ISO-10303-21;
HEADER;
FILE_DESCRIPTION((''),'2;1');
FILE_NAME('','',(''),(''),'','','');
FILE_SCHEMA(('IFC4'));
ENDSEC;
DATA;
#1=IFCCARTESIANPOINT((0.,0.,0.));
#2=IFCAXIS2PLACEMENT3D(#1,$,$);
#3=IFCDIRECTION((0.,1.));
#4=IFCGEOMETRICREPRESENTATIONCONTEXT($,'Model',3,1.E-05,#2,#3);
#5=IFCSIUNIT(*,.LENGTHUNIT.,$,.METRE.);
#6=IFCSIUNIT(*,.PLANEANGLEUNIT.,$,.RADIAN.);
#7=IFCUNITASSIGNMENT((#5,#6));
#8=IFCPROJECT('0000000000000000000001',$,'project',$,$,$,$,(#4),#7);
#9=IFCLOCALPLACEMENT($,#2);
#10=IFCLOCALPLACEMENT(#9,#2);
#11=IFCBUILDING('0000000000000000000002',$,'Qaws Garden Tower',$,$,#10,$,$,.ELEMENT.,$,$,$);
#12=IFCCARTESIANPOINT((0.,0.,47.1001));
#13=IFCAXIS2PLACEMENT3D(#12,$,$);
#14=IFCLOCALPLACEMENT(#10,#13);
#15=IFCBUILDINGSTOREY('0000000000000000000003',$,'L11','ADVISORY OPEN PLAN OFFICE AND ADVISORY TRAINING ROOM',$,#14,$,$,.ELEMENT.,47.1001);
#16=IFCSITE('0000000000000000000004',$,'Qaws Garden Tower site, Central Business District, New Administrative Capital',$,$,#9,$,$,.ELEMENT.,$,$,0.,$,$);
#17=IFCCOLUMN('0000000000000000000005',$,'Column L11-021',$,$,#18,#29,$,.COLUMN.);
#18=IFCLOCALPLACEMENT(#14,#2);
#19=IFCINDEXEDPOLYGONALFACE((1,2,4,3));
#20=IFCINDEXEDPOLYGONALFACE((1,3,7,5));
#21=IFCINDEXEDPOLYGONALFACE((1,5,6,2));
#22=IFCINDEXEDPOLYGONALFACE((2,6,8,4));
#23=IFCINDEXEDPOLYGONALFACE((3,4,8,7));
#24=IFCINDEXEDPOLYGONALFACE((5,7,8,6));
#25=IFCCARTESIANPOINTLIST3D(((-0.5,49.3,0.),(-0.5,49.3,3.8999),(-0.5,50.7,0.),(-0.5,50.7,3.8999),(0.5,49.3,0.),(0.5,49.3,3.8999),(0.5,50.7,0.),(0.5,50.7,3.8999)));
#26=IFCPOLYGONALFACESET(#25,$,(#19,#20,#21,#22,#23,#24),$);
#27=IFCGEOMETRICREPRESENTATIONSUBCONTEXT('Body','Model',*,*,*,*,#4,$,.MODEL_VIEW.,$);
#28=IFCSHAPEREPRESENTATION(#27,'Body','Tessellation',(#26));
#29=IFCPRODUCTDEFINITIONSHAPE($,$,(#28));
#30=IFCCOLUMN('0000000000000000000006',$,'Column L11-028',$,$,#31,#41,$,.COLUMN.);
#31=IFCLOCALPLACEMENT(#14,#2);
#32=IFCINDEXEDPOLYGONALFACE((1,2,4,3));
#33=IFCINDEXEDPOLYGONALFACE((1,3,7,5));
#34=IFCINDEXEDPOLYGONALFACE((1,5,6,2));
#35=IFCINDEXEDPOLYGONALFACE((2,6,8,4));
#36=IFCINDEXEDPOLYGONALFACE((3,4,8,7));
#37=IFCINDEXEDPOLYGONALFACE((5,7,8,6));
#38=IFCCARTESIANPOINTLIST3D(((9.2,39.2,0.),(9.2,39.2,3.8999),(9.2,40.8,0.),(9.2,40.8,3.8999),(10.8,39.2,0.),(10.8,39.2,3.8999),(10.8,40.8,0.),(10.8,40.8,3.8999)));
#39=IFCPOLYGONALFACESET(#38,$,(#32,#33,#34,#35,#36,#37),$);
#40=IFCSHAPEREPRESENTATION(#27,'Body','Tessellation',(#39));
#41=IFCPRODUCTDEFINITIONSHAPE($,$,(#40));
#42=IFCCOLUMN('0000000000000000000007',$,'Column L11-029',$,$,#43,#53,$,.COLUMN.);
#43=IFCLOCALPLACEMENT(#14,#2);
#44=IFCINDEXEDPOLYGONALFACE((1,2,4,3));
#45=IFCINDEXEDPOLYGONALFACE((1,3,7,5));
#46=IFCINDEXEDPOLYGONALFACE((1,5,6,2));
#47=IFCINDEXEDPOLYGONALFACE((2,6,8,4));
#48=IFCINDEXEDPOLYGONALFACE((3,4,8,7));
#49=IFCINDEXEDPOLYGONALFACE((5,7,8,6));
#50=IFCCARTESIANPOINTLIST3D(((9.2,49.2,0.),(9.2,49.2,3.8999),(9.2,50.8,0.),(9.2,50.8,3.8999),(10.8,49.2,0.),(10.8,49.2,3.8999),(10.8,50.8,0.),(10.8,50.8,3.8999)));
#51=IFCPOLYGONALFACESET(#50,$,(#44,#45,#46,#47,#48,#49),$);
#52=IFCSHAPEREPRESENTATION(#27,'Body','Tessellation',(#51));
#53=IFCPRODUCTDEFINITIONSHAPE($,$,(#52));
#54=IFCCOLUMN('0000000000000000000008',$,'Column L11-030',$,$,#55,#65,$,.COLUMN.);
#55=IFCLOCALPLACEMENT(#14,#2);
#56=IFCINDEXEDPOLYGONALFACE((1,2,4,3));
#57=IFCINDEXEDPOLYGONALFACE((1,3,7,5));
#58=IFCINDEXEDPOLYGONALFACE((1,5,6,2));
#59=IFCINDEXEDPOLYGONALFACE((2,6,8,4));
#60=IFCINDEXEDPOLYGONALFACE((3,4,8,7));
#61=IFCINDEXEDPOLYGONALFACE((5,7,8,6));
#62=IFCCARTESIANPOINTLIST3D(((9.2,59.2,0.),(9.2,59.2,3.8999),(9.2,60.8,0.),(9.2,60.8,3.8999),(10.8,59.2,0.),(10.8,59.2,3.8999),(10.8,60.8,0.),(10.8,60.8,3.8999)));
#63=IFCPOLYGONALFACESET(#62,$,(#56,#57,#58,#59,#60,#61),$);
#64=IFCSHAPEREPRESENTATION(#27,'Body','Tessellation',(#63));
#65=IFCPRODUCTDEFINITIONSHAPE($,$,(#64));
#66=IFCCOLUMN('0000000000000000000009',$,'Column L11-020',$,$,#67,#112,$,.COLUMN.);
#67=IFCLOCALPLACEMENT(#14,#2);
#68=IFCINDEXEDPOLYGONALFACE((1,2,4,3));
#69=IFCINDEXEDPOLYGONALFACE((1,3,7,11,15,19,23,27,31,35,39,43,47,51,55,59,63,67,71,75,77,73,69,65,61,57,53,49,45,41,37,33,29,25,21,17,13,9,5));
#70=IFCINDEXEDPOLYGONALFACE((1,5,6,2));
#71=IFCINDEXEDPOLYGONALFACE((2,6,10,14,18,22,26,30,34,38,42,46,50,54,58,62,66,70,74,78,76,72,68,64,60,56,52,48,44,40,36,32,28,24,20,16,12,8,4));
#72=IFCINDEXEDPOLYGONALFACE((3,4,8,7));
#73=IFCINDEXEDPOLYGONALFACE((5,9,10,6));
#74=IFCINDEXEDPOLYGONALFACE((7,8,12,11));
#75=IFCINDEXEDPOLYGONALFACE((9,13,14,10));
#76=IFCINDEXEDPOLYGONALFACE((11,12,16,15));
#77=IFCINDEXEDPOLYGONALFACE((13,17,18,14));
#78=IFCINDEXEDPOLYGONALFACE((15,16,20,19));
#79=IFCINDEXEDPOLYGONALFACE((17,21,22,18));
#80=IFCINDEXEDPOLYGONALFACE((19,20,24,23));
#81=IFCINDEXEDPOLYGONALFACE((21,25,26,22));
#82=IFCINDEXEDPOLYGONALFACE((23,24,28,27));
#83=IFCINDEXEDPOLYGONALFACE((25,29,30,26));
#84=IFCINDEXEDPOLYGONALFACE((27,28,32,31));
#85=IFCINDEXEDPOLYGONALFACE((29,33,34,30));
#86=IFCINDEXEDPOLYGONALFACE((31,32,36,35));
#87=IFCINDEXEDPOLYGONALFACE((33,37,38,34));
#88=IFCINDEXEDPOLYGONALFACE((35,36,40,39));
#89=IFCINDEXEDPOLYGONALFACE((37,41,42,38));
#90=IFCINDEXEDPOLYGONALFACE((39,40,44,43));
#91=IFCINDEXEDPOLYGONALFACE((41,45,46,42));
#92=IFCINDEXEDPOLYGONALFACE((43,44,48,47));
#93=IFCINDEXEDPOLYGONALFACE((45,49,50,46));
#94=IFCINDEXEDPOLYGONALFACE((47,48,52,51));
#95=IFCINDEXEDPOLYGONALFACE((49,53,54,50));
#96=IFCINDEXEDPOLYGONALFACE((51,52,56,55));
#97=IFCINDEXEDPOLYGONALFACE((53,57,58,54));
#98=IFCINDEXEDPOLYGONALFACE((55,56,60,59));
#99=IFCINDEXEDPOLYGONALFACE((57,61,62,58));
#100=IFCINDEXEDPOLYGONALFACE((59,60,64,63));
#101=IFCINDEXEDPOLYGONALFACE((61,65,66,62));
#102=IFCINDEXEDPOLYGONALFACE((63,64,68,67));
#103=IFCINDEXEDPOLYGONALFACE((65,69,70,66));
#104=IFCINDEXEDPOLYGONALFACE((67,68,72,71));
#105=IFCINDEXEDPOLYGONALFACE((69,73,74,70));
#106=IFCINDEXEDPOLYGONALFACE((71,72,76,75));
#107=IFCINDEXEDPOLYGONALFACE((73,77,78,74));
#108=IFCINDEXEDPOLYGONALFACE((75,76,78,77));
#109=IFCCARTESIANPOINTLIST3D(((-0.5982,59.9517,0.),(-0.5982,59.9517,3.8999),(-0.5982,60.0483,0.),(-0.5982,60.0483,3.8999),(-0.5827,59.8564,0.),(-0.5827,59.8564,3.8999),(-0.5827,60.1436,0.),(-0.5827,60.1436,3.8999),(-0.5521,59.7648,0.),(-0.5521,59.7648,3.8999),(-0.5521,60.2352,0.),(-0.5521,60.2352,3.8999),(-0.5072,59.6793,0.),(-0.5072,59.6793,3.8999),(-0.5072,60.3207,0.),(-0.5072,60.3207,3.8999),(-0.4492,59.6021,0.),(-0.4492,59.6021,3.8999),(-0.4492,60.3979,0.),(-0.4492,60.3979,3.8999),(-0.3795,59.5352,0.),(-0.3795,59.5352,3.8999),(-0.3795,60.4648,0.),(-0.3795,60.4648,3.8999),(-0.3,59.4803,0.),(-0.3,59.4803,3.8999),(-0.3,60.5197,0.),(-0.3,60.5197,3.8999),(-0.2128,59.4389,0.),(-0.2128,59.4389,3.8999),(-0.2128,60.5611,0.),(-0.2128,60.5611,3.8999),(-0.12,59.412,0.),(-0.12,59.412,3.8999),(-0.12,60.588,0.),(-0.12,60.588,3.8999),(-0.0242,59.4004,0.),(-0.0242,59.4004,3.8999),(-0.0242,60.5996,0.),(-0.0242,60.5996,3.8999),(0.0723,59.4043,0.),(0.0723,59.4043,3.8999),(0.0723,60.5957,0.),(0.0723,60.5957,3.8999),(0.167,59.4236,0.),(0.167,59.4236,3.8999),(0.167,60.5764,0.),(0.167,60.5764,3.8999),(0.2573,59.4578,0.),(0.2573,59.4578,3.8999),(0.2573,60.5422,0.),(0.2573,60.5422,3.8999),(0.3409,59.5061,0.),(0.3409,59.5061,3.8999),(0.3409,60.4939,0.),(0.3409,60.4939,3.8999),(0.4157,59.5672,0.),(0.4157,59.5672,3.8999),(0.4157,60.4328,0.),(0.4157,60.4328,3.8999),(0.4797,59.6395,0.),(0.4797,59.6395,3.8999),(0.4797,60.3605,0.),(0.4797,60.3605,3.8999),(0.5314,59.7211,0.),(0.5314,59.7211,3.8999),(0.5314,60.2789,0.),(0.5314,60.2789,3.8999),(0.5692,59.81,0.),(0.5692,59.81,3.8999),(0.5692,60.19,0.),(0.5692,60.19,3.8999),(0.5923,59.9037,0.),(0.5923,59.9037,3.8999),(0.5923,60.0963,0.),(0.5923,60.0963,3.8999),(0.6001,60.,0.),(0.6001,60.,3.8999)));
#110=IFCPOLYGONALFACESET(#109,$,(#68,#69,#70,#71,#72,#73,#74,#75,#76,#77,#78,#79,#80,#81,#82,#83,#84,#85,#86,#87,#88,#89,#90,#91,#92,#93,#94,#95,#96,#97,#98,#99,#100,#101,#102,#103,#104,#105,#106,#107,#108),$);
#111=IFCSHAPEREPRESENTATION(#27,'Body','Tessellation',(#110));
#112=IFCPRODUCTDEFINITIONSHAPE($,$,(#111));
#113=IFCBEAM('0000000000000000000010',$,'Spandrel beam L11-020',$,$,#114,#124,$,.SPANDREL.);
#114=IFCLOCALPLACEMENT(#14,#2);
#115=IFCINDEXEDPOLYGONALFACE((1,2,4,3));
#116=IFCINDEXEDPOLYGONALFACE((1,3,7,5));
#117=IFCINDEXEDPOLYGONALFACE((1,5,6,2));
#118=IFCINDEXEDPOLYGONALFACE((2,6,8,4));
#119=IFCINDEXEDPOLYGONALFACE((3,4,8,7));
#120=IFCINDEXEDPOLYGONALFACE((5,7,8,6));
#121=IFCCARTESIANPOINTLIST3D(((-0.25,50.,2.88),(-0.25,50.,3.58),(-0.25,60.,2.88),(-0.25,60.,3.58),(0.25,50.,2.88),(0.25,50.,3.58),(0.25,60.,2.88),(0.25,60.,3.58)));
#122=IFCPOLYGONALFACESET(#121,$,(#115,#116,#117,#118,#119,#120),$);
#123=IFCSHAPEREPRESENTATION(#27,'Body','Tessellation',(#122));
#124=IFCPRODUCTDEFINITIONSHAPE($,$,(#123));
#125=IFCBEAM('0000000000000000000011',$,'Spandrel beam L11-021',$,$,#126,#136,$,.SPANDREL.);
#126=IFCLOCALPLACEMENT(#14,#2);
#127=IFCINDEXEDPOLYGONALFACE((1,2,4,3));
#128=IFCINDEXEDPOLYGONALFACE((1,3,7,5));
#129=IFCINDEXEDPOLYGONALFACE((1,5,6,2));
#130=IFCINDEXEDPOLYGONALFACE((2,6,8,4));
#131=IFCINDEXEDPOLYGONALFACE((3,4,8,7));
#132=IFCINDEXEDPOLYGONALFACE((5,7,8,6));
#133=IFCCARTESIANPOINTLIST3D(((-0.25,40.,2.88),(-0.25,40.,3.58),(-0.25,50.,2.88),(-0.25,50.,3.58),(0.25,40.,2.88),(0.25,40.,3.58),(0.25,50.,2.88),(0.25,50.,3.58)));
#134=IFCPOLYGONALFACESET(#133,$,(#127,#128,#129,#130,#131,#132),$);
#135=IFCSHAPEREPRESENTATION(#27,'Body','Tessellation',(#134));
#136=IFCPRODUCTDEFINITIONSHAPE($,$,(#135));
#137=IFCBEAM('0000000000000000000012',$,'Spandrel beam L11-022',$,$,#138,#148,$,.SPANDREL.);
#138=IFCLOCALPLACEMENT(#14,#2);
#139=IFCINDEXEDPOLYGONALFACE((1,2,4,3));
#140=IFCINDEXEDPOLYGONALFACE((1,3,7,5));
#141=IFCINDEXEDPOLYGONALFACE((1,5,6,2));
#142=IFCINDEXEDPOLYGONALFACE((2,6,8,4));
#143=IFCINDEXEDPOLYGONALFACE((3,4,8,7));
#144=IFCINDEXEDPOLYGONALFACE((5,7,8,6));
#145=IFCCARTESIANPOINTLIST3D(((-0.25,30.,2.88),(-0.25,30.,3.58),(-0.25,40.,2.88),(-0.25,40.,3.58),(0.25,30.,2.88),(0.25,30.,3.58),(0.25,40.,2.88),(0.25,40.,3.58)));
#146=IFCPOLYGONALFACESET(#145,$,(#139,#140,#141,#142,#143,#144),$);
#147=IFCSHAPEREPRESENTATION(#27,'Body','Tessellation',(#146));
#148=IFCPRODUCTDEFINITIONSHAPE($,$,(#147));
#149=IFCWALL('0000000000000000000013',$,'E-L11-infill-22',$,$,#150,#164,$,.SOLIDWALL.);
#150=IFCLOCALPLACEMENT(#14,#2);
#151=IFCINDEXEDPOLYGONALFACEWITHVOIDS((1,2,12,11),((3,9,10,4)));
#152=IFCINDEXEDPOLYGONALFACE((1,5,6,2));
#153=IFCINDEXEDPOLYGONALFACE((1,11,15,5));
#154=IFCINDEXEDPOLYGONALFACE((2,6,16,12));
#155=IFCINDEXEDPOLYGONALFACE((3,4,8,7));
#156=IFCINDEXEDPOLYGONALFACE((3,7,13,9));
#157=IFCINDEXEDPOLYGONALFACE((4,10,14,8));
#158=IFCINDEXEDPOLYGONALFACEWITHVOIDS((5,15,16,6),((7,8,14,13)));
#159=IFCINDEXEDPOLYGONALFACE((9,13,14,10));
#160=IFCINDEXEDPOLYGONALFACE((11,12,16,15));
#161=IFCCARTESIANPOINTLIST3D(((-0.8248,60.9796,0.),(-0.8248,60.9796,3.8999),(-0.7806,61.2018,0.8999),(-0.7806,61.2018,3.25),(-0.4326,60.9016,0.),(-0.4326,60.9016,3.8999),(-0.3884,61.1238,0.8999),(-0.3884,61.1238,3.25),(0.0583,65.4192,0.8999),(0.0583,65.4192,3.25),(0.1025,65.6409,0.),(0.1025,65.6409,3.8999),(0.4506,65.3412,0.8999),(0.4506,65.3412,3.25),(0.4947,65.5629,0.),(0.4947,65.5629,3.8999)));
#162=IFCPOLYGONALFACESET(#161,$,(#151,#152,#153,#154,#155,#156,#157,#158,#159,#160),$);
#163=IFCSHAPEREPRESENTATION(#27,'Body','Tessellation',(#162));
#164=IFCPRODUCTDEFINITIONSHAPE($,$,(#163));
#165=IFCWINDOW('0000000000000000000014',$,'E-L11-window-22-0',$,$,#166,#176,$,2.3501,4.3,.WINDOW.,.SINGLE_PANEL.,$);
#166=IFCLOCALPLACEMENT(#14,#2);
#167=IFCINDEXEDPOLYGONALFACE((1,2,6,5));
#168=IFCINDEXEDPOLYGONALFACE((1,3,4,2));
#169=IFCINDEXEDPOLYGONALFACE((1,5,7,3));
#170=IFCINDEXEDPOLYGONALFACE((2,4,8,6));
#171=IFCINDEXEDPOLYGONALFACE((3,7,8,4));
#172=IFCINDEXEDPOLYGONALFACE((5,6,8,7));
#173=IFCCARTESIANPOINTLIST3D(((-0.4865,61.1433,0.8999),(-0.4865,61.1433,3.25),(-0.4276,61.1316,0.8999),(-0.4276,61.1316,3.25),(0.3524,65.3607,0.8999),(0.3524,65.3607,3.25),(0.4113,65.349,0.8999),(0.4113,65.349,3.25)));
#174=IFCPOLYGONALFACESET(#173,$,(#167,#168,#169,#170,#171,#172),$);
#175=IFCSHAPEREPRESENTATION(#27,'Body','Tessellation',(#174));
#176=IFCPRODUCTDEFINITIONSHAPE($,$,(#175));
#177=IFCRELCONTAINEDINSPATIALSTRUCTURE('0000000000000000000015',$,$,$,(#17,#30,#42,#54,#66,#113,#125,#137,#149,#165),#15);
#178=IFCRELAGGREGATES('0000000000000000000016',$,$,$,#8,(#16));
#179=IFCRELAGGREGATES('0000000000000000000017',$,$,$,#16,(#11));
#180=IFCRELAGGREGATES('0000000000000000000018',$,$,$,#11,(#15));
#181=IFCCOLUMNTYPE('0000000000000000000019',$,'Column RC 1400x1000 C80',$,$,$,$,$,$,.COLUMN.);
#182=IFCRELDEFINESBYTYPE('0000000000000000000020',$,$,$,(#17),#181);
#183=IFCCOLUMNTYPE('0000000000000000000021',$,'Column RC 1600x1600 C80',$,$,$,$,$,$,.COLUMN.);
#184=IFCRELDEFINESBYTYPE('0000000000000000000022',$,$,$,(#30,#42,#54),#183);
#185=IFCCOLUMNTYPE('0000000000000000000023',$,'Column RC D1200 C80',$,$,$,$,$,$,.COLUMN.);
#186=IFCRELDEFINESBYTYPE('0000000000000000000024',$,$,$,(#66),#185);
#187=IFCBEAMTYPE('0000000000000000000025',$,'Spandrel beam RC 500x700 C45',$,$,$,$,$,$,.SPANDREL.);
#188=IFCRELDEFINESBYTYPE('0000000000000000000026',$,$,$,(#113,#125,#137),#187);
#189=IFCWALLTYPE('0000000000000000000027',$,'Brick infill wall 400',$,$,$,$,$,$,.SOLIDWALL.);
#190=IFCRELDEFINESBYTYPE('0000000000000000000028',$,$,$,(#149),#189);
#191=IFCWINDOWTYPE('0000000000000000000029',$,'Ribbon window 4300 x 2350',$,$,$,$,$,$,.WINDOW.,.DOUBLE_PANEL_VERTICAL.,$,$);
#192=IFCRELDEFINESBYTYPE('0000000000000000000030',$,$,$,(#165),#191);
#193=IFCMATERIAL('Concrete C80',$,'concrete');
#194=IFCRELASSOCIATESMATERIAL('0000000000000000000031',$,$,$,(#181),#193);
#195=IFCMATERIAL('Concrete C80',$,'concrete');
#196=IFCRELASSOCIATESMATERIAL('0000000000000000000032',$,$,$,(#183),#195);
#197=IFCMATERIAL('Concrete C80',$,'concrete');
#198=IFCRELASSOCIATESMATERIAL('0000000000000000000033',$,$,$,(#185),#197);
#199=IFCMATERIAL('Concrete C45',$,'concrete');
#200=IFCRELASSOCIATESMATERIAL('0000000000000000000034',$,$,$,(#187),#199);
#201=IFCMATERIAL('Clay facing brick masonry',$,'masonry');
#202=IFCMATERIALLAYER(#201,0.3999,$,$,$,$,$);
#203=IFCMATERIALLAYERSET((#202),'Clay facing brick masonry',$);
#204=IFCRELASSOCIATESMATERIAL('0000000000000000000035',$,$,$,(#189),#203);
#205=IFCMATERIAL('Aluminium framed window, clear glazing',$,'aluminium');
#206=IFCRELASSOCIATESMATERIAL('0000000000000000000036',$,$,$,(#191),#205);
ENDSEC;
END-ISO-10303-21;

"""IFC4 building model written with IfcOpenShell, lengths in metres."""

from ifc_helpers import new_model, si_unit, direction, frame, frame_2d, origin, origin_2d, place, context, subcontext, project, spatial, rectangle, circle, extrude, material, layer, layer_set, material_profile, profile_set, type_object, element, fill, save


model = new_model("IFC4")

# Units and contexts
model_context = context("Model", 3, precision=1e-05, world=origin(), true_north=direction((0.0, 1.0)))
body_context = subcontext(model_context, "Body", "Model", "MODEL_VIEW")
ifc_project = project(units=[si_unit("LENGTHUNIT", "METRE"), si_unit("PLANEANGLEUNIT", "RADIAN")], contexts=[model_context])

# Site, building, storey
site_placement = place(None, origin())
site = spatial("IfcSite", under=ifc_project, at=site_placement, Name="Qaws Garden Tower site, Central Business District, New Administrative Capital", CompositionType="ELEMENT", RefElevation=0.0)
building_placement = place(site_placement, origin())
building = spatial("IfcBuilding", under=site, at=building_placement, Name="Qaws Garden Tower", CompositionType="ELEMENT")
storey_placement = place(building_placement, frame((0.0, 0.0, 47.1001)))
storey = spatial("IfcBuildingStorey", under=building, at=storey_placement, Name="L11", Description="ADVISORY OPEN PLAN OFFICE AND ADVISORY TRAINING ROOM", CompositionType="ELEMENT", Elevation=47.1001)

# Columns
ifc_material_1 = material(Name="Concrete C80", Category="concrete")
ifc_material_profile_1 = material_profile(ifc_material_1, rectangle(XDim=1.3999, YDim=1.0, at=origin_2d()), Name="RC 1400x1000")
ifc_profile_set_1 = profile_set([ifc_material_profile_1], Name="Concrete C80")
column_type_1 = type_object("IfcColumnType", Name="Column RC 1400x1000 C80", PredefinedType="COLUMN", material=ifc_profile_set_1)
column_1_placement = place(storey_placement, frame((0.0, 50.0, 0.0), z_axis=(0.0, 0.0, 1.0), x_axis=(0.0, 1.0, 0.0)))
element("IfcColumn", 1, at=column_1_placement, inside=storey, type_object=column_type_1, Name="Column L11-021", PredefinedType="COLUMN", context=body_context, shape_type="SweptSolid", body=[
    extrude(rectangle(XDim=1.3999, YDim=1.0, at=origin_2d()), origin(), (0.0, 0.0, 1.0), 3.8999),
])
ifc_material_2 = material(Name="Concrete C80", Category="concrete")
ifc_material_profile_2 = material_profile(ifc_material_2, rectangle(XDim=1.6001, YDim=1.6001, at=origin_2d()), Name="RC 1600x1600")
ifc_profile_set_2 = profile_set([ifc_material_profile_2], Name="Concrete C80")
column_type_2 = type_object("IfcColumnType", Name="Column RC 1600x1600 C80", PredefinedType="COLUMN", material=ifc_profile_set_2)
for number, where, z_axis, x_axis, name in (
    (2, (10.0, 40.0, 0.0), (0.0, 0.0, 1.0), (1.0, 0.0, 0.0), "Column L11-028"),
    (3, (10.0, 50.0, 0.0), (0.0, 0.0, 1.0), (1.0, 0.0, 0.0), "Column L11-029"),
    (4, (10.0, 60.0, 0.0), (0.0, 0.0, 1.0), (1.0, 0.0, 0.0), "Column L11-030"),
):
    element("IfcColumn", number, at=place(storey_placement, frame(where, z_axis=z_axis, x_axis=x_axis)), inside=storey, type_object=column_type_2, Name=name, PredefinedType="COLUMN", context=body_context, shape_type="SweptSolid", body=[
        extrude(rectangle(XDim=1.6001, YDim=1.6001, at=origin_2d()), origin(), (0.0, 0.0, 1.0), 3.8999),
    ])
ifc_material_3 = material(Name="Concrete C80", Category="concrete")
ifc_material_profile_3 = material_profile(ifc_material_3, circle(Radius=0.6001, at=origin_2d()), Name="RC D1200")
ifc_profile_set_3 = profile_set([ifc_material_profile_3], Name="Concrete C80")
column_type_3 = type_object("IfcColumnType", Name="Column RC D1200 C80", PredefinedType="COLUMN", material=ifc_profile_set_3)
column_2_placement = place(storey_placement, frame((0.0, 60.0, 0.0), z_axis=(0.0, 0.0, 1.0), x_axis=(1.0, 0.0, 0.0)))
element("IfcColumn", 5, at=column_2_placement, inside=storey, type_object=column_type_3, Name="Column L11-020", PredefinedType="COLUMN", context=body_context, shape_type="SweptSolid", body=[
    extrude(circle(Radius=0.6001, at=origin_2d()), origin(), (0.0, 0.0, 1.0), 3.8999),
])

# Beams
ifc_material_4 = material(Name="Concrete C45", Category="concrete")
ifc_material_profile_4 = material_profile(ifc_material_4, rectangle(XDim=0.5, YDim=0.7, at=origin_2d()), Name="RC 500x700")
ifc_profile_set_4 = profile_set([ifc_material_profile_4], Name="Concrete C45")
beam_type = type_object("IfcBeamType", Name="Spandrel beam RC 500x700 C45", PredefinedType="SPANDREL", material=ifc_profile_set_4)
for number, where, z_axis, x_axis, name in (
    (6, (0.0, 60.0, 3.23), (0.0, -1.0, 0.0), (1.0, 0.0, 0.0), "Spandrel beam L11-020"),
    (7, (0.0, 50.0, 3.23), (0.0, -1.0, 0.0), (1.0, 0.0, 0.0), "Spandrel beam L11-021"),
    (8, (0.0, 40.0, 3.23), (0.0, -1.0, 0.0), (1.0, 0.0, 0.0), "Spandrel beam L11-022"),
):
    element("IfcBeam", number, at=place(storey_placement, frame(where, z_axis=z_axis, x_axis=x_axis)), inside=storey, type_object=beam_type, Name=name, PredefinedType="SPANDREL", context=body_context, shape_type="SweptSolid", body=[
        extrude(rectangle(XDim=0.5, YDim=0.7, at=origin_2d()), origin(), (0.0, 0.0, 1.0), 10.0),
    ])

# Wall, opening, window
ifc_material_5 = material(Name="Clay facing brick masonry", Category="masonry")
ifc_layer_1 = layer(ifc_material_5, 0.3999)
ifc_layer_set_1 = layer_set([ifc_layer_1], Name="Clay facing brick masonry")
wall_type_1 = type_object("IfcWallType", Name="Brick infill wall 400", PredefinedType="SOLIDWALL", material=ifc_layer_set_1)
wall_1_placement = place(storey_placement, frame((0.2986, 65.6021, 0.0), z_axis=(0.0, 0.0, 1.0), x_axis=(-0.195099, -0.980784, 0.0)))
wall_1 = element("IfcWall", 9, at=wall_1_placement, inside=storey, type_object=wall_type_1, Name="E-L11-infill-22", PredefinedType="SOLIDWALL", context=body_context, shape_type="SweptSolid", body=[
    extrude(rectangle(XDim=4.7527, YDim=0.3999, at=frame_2d((2.3765, 0.0))), origin(), (0.0, 0.0, 1.0), 3.8999),
])
opening_1_placement = place(wall_1_placement, frame((0.2263, 0.0, 0.8999)))
opening_1 = element("IfcOpeningElement", 10, at=opening_1_placement, cuts=wall_1, PredefinedType="OPENING", context=body_context, shape_type="SweptSolid", body=[
    extrude(rectangle(XDim=4.3, YDim=2.3501, at=frame_2d((2.1499, 1.175))), frame((0.0, 0.21, 0.0), z_axis=(0.0, -1.0, 0.0), x_axis=(1.0, 0.0, 0.0)), (0.0, 0.0, 1.0), 0.4199),
])
ifc_material_6 = material(Name="Aluminium framed window, clear glazing", Category="aluminium")
window_type_1 = type_object("IfcWindowType", Name="Ribbon window 4300 x 2350", PartitioningType="DOUBLE_PANEL_VERTICAL", PredefinedType="WINDOW", material=ifc_material_6)
window_1_placement = place(opening_1_placement, origin())
window_1 = element("IfcWindow", 11, at=window_1_placement, inside=storey, type_object=window_type_1, Name="E-L11-window-22-0", OverallHeight=2.3501, OverallWidth=4.3, PartitioningType="SINGLE_PANEL", PredefinedType="WINDOW", context=body_context, shape_type="SweptSolid", body=[
    extrude(rectangle(XDim=4.3, YDim=2.3501, at=frame_2d((2.1499, 1.175))), frame((0.0, 0.1599, 0.0), z_axis=(0.0, -1.0, 0.0), x_axis=(1.0, 0.0, 0.0)), (0.0, 0.0, 1.0), 0.0601),
])
fill(opening_1, window_1)

save(model, "model.ifc")
